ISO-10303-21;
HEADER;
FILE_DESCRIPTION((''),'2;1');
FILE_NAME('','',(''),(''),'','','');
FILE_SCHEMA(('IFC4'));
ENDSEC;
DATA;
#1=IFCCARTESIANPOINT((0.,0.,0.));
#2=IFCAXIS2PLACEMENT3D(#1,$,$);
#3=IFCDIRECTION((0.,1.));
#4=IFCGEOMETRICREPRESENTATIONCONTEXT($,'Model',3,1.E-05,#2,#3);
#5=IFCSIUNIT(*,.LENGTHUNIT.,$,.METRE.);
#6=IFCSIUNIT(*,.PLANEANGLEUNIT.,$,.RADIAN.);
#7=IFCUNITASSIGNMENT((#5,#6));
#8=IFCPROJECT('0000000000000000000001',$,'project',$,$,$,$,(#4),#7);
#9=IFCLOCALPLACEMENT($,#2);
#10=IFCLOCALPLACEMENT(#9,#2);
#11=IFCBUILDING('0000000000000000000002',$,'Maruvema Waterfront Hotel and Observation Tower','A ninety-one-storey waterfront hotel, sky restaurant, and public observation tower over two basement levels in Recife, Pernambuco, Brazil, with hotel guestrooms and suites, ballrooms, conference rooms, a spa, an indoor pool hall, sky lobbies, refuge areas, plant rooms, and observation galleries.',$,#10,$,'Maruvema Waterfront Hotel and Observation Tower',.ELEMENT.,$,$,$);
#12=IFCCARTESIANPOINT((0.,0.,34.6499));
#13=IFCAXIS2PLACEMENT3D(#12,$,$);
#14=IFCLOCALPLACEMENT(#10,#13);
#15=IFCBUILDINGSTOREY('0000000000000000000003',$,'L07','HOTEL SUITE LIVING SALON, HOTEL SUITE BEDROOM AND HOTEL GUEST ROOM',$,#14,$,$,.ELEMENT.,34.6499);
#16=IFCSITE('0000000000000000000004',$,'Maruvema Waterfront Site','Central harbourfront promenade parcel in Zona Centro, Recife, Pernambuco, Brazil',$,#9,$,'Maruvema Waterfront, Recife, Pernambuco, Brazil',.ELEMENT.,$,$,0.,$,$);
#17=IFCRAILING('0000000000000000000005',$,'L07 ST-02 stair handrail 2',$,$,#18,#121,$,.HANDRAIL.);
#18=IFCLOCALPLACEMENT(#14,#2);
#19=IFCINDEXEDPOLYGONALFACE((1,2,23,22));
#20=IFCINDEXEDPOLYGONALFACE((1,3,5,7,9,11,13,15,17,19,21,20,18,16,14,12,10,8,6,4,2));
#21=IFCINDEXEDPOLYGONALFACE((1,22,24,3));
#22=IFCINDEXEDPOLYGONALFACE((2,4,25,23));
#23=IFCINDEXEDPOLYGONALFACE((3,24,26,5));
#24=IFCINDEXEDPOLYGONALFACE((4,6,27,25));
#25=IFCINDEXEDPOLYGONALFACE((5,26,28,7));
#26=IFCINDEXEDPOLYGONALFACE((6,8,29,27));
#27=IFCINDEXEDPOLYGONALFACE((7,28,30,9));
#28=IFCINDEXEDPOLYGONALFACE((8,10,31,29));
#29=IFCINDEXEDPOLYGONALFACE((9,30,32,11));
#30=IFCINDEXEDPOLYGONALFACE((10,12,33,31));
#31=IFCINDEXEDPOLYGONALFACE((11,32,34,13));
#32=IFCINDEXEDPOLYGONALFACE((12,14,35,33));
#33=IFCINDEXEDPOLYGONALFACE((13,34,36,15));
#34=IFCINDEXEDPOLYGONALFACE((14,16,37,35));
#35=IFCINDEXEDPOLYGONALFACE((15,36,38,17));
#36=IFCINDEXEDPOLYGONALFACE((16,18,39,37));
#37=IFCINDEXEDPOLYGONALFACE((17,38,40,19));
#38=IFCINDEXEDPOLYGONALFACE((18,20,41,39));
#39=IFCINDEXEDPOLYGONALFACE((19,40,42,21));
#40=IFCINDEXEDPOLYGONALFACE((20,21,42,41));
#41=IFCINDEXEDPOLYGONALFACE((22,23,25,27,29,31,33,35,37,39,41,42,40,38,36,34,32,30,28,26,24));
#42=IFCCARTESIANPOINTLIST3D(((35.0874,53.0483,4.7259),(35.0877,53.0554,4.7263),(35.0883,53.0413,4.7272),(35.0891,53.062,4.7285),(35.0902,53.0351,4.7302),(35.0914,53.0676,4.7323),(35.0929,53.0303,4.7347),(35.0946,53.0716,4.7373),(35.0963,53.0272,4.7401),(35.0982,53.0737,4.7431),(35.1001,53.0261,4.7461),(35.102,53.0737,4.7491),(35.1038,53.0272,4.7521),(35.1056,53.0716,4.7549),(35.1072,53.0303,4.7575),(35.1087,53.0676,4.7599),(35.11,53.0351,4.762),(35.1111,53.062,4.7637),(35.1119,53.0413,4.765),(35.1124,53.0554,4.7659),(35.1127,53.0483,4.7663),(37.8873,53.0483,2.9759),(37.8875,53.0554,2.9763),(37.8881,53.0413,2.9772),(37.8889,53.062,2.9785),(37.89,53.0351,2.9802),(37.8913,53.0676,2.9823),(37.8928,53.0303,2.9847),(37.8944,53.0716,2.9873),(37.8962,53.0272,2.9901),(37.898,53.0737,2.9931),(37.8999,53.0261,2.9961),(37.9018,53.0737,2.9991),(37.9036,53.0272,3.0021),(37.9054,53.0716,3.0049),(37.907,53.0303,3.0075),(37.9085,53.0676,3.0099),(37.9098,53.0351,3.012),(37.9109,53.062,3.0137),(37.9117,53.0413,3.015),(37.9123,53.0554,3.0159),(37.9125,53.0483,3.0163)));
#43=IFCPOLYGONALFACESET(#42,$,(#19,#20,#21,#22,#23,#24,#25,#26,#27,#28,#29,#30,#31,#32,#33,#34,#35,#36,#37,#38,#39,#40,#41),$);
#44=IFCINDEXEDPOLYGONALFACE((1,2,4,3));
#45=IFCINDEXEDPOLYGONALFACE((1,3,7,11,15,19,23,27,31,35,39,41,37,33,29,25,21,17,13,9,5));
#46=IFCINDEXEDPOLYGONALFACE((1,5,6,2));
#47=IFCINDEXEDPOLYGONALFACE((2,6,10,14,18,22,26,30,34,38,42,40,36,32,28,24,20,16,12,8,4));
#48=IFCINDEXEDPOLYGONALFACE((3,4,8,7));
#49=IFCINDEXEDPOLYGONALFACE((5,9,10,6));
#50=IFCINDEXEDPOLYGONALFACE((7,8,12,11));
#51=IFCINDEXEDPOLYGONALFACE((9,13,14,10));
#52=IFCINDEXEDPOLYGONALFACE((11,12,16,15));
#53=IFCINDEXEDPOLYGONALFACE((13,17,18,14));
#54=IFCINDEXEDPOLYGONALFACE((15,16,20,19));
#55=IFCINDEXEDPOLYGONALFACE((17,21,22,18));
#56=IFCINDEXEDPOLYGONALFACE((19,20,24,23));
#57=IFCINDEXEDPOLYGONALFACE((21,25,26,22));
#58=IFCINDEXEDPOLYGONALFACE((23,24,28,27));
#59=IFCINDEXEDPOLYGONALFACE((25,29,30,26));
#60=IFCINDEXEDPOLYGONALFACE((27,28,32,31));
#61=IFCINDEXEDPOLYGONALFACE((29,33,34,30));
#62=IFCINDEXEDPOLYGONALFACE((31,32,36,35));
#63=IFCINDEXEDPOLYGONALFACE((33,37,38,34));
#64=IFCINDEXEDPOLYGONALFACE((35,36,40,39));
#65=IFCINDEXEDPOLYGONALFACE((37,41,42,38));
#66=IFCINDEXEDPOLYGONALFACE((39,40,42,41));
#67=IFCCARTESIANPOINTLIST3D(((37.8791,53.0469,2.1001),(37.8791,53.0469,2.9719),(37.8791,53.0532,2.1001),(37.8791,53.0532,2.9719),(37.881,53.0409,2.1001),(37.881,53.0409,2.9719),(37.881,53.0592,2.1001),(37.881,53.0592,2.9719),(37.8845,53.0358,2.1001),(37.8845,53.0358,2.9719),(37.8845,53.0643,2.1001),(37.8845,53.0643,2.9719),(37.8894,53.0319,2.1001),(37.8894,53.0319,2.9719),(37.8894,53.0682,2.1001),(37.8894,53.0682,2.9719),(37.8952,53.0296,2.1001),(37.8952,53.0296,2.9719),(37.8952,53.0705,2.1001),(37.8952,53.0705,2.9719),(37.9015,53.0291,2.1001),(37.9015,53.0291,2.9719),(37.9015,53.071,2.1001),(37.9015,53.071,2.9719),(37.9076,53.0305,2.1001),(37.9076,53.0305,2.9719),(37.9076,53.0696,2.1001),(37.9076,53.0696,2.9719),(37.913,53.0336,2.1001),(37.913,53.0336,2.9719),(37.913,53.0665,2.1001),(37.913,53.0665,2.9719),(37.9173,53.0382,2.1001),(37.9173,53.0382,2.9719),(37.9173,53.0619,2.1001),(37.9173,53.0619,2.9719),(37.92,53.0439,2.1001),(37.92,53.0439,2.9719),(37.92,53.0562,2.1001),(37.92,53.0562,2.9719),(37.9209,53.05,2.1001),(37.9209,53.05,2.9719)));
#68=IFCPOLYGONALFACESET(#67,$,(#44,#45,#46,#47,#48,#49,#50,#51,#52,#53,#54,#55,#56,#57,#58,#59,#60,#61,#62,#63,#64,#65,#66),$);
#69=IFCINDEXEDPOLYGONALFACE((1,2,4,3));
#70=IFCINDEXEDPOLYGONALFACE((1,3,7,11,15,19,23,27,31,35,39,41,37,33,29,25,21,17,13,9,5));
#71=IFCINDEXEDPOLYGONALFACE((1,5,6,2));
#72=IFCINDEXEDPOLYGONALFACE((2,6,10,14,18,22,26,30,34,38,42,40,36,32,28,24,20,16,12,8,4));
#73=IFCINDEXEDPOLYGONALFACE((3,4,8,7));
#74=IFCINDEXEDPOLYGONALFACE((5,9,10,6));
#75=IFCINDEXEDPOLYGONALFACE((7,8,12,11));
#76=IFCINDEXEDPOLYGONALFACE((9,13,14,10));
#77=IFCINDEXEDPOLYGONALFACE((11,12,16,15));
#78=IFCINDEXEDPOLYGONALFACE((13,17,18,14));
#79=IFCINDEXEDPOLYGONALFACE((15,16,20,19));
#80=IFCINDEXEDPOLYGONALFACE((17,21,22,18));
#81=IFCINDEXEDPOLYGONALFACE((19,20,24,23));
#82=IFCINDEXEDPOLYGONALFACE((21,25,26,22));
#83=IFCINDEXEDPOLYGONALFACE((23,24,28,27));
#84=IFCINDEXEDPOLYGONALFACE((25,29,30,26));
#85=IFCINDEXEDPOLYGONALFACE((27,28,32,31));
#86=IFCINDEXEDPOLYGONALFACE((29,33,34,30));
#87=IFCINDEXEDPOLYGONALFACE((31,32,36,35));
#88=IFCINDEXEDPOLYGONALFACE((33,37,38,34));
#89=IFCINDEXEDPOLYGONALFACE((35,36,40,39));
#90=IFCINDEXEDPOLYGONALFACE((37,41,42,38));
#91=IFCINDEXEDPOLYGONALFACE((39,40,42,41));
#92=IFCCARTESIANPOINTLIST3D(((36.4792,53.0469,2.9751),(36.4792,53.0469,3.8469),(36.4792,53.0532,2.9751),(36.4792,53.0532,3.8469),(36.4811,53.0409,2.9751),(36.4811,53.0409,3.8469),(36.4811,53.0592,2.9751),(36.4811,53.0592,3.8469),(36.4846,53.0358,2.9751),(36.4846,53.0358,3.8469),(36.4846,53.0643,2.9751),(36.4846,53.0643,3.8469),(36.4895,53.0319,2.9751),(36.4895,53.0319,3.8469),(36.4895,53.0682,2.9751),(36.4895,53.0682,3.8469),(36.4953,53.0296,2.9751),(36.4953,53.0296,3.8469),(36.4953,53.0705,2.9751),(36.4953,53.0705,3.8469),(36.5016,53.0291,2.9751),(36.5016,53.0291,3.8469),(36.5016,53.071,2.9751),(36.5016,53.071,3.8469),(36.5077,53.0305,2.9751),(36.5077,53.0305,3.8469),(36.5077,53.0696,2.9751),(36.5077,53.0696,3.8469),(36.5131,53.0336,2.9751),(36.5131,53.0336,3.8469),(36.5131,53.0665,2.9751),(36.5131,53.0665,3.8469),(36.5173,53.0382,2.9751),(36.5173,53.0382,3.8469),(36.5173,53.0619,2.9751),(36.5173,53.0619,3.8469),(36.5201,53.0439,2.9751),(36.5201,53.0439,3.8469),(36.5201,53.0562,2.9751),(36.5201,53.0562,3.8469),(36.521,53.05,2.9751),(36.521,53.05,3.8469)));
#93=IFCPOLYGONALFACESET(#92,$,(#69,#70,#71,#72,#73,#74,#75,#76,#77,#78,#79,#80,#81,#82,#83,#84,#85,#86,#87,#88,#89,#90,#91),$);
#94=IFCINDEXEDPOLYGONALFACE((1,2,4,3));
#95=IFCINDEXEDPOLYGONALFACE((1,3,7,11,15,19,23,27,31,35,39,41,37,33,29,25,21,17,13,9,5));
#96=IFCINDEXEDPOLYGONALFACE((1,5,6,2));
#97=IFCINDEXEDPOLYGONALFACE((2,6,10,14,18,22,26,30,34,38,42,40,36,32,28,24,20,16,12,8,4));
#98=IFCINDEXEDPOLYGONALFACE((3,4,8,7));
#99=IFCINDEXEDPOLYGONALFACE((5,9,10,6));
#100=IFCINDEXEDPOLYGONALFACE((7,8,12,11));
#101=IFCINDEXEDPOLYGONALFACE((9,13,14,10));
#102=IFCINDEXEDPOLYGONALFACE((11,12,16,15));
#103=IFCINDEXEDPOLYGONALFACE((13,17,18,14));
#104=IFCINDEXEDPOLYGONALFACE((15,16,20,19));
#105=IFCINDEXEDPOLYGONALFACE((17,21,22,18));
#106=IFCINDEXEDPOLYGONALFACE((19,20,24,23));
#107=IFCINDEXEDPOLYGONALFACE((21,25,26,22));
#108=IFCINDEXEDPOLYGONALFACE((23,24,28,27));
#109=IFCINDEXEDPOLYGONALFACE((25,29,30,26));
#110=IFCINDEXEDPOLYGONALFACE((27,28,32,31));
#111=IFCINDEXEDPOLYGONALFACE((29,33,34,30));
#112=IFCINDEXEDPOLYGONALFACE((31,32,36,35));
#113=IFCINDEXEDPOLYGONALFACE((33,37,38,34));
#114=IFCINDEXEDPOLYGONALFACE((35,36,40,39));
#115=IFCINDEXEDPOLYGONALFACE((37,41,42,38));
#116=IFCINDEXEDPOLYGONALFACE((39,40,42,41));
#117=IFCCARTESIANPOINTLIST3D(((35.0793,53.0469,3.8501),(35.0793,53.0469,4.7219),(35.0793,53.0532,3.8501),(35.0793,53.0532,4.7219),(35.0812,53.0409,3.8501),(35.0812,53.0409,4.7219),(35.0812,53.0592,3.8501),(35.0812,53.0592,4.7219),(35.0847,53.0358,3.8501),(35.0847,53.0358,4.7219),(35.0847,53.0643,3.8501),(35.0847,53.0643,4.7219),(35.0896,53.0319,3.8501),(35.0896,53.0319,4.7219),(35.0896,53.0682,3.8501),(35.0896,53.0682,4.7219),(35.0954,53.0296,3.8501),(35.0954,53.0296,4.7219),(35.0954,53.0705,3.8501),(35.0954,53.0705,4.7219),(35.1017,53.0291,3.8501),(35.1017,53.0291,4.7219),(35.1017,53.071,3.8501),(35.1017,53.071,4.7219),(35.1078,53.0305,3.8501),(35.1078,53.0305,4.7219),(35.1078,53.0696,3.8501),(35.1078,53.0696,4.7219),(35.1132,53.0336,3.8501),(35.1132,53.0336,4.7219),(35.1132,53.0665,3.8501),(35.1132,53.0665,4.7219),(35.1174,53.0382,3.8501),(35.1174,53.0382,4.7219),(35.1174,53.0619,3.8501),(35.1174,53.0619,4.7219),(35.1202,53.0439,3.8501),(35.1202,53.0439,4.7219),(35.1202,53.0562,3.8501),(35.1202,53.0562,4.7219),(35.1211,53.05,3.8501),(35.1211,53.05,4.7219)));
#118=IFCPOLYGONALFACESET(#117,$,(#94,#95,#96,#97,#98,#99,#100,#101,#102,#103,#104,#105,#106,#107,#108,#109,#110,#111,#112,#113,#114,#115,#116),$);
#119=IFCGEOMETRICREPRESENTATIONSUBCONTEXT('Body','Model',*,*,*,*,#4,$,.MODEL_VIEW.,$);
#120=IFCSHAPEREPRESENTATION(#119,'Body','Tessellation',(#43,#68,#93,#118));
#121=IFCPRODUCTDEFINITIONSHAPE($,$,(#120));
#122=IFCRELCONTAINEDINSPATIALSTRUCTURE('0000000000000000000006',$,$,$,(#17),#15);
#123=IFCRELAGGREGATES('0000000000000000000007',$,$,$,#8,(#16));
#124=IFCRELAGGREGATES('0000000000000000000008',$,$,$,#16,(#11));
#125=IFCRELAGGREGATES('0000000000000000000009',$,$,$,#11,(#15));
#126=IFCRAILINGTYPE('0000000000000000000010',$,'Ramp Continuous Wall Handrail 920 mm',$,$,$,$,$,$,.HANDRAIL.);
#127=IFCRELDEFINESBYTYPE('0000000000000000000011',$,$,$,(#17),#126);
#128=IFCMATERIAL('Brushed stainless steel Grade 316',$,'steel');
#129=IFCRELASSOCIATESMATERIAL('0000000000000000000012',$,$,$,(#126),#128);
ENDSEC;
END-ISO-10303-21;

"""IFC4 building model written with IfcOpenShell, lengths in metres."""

from ifc_helpers import new_model, si_unit, direction, frame, origin, origin_2d, place, context, subcontext, project, spatial, circle, extrude, material, type_object, element, save


model = new_model("IFC4")

# Units and contexts
model_context = context("Model", 3, precision=1e-05, world=origin(), true_north=direction((0.0, 1.0)))
body_context = subcontext(model_context, "Body", "Model", "MODEL_VIEW")
ifc_project = project(units=[si_unit("LENGTHUNIT", "METRE"), si_unit("PLANEANGLEUNIT", "RADIAN")], contexts=[model_context])

# Site, building, storey
site_placement = place(None, origin())
site = spatial("IfcSite", under=ifc_project, at=site_placement, Name="Maruvema Waterfront Site", Description="Central harbourfront promenade parcel in Zona Centro, Recife, Pernambuco, Brazil", LongName="Maruvema Waterfront, Recife, Pernambuco, Brazil", CompositionType="ELEMENT", RefElevation=0.0)
building_placement = place(site_placement, origin())
building = spatial("IfcBuilding", under=site, at=building_placement, Name="Maruvema Waterfront Hotel and Observation Tower", Description="A ninety-one-storey waterfront hotel, sky restaurant, and public observation tower over two basement levels in Recife, Pernambuco, Brazil, with hotel guestrooms and suites, ballrooms, conference rooms, a spa, an indoor pool hall, sky lobbies, refuge areas, plant rooms, and observation galleries.", LongName="Maruvema Waterfront Hotel and Observation Tower", CompositionType="ELEMENT")
storey_placement = place(building_placement, frame((0.0, 0.0, 34.6499)))
storey = spatial("IfcBuildingStorey", under=building, at=storey_placement, Name="L07", Description="HOTEL SUITE LIVING SALON, HOTEL SUITE BEDROOM AND HOTEL GUEST ROOM", CompositionType="ELEMENT", Elevation=34.6499)

# Railing
ifc_material_1 = material(Name="Brushed stainless steel Grade 316", Category="steel")
railing_type_1 = type_object("IfcRailingType", Name="Ramp Continuous Wall Handrail 920 mm", PredefinedType="HANDRAIL", material=ifc_material_1)
railing_1_placement = place(storey_placement, frame((37.8999, 53.05, 2.1001)))
element("IfcRailing", 1, at=railing_1_placement, inside=storey, type_object=railing_type_1, Name="L07 ST-02 stair handrail 2", PredefinedType="HANDRAIL", context=body_context, shape_type="SweptSolid", body=[
    extrude(circle(Radius=0.0239, at=origin_2d()), frame((0.0, 0.0, 0.896), z_axis=(-0.847982, 0.0, 0.530026), x_axis=(0.0, -1.0, 0.0)), (0.0, 0.0, 1.0), 3.3018),
    extrude(circle(Radius=0.021, at=origin_2d()), origin(), (0.0, 0.0, 1.0), 0.8718),
    extrude(circle(Radius=0.021, at=origin_2d()), frame((-1.3999, 0.0, 0.875)), (0.0, 0.0, 1.0), 0.8718),
    extrude(circle(Radius=0.021, at=origin_2d()), frame((-2.7998, 0.0, 1.75)), (0.0, 0.0, 1.0), 0.8718),
])

save(model, "model.ifc")
